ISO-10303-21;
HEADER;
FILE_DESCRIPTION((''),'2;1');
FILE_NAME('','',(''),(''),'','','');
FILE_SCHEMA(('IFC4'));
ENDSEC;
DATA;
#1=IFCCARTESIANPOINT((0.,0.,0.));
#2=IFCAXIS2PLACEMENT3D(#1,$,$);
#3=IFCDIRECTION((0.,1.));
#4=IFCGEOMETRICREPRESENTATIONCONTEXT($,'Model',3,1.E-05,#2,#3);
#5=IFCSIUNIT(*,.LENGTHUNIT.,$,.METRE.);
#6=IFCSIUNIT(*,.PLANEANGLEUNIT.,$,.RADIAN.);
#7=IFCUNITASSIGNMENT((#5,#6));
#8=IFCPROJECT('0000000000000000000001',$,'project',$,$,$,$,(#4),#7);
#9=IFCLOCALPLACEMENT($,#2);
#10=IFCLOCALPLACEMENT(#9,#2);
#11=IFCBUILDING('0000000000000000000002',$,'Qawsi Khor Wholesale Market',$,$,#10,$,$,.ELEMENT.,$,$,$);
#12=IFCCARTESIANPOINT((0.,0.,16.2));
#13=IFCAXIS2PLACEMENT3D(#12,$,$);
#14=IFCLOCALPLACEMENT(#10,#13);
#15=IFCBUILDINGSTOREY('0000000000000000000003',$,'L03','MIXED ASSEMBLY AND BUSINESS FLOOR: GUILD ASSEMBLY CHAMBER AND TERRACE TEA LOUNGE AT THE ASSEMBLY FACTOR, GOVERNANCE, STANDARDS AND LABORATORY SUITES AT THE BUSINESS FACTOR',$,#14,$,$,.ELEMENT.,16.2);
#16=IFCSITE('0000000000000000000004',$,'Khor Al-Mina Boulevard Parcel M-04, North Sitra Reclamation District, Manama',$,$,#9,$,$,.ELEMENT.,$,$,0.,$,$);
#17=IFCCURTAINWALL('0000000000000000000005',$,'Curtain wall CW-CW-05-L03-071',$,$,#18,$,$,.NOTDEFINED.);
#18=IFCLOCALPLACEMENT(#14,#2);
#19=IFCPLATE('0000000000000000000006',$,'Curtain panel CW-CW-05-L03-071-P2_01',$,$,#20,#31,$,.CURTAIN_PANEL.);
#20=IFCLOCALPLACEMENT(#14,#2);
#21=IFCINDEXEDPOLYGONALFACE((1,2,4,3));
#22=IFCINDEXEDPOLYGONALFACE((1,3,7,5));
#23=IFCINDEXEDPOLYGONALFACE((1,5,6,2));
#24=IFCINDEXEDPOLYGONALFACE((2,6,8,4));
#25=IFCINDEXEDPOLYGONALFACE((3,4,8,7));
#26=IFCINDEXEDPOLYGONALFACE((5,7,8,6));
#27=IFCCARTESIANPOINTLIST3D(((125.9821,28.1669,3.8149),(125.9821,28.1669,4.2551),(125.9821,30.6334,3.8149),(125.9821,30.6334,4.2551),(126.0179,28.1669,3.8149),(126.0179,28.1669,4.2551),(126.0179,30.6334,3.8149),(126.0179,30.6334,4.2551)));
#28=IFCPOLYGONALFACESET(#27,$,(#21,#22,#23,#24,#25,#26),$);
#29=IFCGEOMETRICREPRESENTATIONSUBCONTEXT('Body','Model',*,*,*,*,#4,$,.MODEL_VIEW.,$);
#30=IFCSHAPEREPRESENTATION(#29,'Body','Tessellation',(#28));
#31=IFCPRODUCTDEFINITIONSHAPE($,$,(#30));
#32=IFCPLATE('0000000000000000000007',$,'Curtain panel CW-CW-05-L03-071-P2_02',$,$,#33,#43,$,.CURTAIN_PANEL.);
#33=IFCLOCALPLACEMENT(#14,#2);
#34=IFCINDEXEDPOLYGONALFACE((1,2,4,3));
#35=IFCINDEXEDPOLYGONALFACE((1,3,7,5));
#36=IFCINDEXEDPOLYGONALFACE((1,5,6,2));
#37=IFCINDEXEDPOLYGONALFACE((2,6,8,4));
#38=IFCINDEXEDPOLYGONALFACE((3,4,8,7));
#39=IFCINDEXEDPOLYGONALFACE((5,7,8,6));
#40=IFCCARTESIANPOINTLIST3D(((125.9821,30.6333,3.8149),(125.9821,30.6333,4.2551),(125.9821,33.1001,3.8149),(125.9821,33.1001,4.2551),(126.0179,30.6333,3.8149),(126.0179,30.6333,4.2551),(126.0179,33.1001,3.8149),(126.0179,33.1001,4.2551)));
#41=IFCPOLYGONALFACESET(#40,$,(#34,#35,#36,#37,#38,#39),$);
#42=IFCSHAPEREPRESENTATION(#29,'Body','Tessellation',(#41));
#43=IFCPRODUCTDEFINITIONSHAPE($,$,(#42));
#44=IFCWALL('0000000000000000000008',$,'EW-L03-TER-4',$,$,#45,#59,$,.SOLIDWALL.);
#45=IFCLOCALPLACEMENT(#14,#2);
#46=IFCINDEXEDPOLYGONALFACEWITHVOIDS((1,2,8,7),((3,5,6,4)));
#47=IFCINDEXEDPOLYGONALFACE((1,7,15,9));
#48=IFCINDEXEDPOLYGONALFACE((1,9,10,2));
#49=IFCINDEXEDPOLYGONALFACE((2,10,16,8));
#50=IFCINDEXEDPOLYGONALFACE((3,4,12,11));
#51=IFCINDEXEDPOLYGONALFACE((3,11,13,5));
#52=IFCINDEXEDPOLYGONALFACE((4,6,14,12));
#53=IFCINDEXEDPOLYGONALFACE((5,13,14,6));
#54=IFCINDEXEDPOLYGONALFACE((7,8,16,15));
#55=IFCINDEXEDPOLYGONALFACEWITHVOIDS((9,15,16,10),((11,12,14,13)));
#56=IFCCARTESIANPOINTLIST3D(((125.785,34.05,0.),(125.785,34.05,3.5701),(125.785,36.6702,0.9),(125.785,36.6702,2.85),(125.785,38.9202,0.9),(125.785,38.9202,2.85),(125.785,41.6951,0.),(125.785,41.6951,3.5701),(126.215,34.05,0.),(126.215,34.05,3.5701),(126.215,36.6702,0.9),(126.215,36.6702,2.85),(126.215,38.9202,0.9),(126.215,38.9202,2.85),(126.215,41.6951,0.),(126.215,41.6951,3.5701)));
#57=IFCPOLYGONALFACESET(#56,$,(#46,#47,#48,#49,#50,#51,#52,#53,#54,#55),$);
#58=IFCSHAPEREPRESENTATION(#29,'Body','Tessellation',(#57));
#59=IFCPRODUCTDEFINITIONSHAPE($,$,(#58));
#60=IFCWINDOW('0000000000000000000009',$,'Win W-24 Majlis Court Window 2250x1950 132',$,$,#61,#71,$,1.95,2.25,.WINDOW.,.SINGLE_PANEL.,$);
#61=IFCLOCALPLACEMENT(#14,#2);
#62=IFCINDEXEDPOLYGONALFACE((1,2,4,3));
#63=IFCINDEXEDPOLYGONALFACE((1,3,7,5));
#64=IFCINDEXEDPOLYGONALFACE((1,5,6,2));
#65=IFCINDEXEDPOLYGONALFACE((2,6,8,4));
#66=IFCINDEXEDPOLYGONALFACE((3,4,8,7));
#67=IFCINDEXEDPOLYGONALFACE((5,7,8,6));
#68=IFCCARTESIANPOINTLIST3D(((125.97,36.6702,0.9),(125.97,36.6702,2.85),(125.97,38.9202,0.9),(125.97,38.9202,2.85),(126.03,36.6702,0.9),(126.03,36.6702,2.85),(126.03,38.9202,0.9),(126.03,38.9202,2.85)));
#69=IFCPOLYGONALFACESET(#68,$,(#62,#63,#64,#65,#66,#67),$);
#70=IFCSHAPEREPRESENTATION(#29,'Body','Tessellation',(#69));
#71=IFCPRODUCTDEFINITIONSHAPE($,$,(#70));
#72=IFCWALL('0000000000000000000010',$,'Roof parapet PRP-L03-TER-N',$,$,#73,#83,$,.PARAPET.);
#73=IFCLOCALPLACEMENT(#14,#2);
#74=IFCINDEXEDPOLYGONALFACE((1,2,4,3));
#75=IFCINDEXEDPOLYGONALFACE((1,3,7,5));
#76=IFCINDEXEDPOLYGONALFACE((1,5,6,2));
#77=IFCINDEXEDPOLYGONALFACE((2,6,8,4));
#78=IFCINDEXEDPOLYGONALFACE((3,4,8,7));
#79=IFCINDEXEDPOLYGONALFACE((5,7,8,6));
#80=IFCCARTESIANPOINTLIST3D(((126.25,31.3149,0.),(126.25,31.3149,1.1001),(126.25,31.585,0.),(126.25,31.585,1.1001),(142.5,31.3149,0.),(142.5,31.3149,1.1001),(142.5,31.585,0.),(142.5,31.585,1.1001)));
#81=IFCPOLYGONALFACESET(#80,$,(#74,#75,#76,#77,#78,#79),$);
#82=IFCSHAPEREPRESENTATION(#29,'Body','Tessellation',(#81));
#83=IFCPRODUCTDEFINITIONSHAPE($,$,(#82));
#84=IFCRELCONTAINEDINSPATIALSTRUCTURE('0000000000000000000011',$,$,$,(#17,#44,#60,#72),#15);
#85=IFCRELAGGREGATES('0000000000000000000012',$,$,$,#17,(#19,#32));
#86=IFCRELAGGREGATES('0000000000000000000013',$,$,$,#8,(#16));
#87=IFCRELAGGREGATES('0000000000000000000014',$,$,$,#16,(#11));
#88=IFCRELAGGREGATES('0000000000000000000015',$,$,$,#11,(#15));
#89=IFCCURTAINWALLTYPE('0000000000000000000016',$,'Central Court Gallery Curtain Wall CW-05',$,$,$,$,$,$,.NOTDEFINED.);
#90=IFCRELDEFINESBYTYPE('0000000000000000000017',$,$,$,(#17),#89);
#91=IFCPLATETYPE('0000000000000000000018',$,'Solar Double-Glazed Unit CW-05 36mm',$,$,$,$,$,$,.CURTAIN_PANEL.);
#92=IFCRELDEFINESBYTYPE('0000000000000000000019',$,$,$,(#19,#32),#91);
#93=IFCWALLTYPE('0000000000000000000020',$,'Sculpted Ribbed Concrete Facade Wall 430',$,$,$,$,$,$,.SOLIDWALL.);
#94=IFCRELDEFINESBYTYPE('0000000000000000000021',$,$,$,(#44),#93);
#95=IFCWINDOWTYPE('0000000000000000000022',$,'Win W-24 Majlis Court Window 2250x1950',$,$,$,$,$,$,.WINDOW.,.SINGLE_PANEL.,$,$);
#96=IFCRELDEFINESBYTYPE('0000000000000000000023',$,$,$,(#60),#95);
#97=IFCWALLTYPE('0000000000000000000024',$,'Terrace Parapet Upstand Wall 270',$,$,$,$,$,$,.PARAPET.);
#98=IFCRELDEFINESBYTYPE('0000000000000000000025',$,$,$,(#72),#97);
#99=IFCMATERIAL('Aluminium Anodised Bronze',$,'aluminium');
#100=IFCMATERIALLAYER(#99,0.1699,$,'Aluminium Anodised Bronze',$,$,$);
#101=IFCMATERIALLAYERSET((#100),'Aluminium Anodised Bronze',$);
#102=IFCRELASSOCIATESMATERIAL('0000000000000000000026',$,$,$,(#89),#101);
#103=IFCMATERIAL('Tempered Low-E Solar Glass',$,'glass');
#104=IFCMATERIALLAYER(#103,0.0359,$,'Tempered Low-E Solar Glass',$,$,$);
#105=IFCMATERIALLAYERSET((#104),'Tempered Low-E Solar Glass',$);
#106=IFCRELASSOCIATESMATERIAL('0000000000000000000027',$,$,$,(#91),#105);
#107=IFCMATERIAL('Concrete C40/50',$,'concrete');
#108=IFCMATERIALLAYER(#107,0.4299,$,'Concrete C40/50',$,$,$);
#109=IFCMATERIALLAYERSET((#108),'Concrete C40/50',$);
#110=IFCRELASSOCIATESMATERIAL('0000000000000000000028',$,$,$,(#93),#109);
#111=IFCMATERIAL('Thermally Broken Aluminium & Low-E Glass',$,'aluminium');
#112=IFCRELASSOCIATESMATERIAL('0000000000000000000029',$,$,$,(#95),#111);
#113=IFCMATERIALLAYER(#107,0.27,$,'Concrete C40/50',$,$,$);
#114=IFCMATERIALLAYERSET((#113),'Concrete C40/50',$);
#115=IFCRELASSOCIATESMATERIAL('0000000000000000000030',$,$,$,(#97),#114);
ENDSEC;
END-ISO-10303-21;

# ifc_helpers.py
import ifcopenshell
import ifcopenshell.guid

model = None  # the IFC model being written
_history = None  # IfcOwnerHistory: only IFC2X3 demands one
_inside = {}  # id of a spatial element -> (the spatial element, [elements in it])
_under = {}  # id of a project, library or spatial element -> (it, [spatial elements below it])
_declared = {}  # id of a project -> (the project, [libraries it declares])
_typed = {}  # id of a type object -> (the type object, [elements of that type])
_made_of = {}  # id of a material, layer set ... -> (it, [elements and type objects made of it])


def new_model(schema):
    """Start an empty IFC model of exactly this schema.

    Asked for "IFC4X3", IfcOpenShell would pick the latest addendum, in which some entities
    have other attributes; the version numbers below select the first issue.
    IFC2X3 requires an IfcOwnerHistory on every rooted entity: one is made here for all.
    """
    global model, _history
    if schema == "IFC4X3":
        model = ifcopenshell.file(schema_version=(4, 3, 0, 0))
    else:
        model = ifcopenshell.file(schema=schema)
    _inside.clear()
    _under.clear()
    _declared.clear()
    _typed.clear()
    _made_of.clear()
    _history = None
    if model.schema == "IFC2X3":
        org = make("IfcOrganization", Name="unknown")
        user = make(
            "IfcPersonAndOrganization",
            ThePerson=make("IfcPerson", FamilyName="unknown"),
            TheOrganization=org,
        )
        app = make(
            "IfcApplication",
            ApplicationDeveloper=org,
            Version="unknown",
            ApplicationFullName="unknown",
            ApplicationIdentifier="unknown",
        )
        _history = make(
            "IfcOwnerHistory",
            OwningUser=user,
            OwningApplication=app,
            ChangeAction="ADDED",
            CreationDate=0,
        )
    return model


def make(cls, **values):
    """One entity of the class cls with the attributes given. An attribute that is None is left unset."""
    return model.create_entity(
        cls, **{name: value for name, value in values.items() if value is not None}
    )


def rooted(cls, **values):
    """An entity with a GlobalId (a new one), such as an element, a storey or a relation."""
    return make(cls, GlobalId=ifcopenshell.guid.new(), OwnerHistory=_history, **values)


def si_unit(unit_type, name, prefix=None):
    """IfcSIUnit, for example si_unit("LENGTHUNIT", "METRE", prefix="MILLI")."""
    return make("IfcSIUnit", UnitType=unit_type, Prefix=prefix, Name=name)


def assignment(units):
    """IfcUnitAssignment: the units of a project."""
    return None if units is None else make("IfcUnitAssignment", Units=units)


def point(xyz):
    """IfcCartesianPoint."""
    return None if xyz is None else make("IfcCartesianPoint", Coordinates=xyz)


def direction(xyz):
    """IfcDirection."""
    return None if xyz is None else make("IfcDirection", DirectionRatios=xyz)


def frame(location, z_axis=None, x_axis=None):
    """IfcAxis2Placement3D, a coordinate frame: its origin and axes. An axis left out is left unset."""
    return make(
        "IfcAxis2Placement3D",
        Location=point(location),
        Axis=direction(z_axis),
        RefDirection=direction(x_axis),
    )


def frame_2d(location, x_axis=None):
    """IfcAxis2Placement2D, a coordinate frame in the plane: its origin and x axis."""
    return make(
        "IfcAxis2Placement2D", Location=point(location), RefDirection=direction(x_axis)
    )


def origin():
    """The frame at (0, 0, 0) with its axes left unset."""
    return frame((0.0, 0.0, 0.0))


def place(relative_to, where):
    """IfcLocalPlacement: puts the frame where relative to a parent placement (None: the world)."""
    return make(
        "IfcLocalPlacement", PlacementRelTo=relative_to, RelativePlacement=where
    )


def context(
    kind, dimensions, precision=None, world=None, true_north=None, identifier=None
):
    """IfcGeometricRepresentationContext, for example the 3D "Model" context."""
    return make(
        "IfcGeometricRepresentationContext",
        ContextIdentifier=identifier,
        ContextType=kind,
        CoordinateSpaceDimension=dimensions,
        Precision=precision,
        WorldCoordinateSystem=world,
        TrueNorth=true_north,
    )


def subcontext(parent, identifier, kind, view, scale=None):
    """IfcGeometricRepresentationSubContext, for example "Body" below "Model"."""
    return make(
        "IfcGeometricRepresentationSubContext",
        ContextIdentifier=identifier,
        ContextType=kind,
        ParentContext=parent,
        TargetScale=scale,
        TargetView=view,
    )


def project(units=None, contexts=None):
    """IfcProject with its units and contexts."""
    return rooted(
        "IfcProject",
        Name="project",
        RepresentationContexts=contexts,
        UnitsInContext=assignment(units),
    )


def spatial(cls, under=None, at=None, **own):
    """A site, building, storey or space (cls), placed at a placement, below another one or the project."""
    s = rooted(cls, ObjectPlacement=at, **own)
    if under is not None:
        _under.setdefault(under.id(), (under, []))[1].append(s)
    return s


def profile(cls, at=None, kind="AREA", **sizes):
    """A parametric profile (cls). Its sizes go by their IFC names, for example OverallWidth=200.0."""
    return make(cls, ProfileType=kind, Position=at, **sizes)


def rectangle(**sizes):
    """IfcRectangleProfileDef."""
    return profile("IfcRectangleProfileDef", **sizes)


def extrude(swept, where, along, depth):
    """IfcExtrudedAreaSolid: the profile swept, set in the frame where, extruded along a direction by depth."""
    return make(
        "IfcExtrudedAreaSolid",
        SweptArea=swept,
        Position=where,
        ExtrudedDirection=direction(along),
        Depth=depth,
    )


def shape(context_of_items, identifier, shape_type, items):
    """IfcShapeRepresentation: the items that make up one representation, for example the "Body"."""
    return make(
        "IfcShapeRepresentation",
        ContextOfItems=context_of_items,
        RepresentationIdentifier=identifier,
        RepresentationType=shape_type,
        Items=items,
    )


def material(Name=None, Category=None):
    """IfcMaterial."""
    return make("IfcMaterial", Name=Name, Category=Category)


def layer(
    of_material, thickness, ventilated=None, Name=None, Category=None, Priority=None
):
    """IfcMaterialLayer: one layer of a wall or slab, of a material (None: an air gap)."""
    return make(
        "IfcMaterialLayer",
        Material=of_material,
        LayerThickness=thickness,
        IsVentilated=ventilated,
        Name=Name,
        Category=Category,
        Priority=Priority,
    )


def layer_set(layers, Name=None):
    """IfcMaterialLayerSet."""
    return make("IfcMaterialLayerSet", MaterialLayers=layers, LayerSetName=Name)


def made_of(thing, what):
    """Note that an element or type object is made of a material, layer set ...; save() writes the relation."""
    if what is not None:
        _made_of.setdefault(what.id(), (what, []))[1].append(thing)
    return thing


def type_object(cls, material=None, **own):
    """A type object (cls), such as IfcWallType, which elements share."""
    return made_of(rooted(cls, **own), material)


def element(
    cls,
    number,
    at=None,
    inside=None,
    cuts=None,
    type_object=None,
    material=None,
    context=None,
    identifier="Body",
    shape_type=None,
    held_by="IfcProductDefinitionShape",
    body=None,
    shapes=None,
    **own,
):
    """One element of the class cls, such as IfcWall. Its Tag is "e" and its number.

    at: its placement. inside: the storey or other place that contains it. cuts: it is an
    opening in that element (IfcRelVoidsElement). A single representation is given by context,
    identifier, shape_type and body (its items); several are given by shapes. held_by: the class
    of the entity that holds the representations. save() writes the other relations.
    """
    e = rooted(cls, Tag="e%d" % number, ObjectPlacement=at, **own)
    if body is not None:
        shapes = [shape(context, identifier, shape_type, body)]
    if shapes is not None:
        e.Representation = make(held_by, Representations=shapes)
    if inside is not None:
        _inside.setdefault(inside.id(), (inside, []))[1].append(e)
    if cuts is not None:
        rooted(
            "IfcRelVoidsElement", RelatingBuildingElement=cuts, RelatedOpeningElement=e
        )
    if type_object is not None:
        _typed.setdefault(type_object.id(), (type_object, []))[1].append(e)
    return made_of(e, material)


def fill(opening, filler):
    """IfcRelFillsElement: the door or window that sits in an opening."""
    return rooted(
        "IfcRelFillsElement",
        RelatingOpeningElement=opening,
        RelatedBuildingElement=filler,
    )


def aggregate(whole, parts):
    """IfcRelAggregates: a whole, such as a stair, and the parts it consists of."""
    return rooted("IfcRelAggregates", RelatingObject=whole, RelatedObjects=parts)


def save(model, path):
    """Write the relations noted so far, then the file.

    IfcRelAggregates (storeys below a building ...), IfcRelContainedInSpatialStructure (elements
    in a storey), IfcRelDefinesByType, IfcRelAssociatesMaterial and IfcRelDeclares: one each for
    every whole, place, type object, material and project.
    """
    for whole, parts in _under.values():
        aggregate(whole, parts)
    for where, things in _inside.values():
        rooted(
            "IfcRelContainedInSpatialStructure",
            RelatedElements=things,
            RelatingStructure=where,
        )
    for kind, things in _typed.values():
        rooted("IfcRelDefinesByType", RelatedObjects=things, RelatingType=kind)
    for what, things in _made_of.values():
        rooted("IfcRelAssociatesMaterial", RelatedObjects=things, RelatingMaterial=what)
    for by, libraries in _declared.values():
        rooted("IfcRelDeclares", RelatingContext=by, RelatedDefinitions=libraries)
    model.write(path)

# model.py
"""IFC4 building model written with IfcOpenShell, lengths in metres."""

from ifc_helpers import new_model, si_unit, direction, frame, frame_2d, origin, place, context, subcontext, project, spatial, rectangle, extrude, material, layer, layer_set, type_object, element, fill, aggregate, save


model = new_model("IFC4")

# Units and contexts
model_context = context("Model", 3, precision=1e-05, world=origin(), true_north=direction((0.0, 1.0)))
body_context = subcontext(model_context, "Body", "Model", "MODEL_VIEW")
ifc_project = project(units=[si_unit("LENGTHUNIT", "METRE"), si_unit("PLANEANGLEUNIT", "RADIAN")], contexts=[model_context])

# Site, building, storey
site_placement = place(None, origin())
site = spatial("IfcSite", under=ifc_project, at=site_placement, Name="Khor Al-Mina Boulevard Parcel M-04, North Sitra Reclamation District, Manama", CompositionType="ELEMENT", RefElevation=0.0)
building_placement = place(site_placement, origin())
building = spatial("IfcBuilding", under=site, at=building_placement, Name="Qawsi Khor Wholesale Market", CompositionType="ELEMENT")
storey_placement = place(building_placement, frame((0.0, 0.0, 16.2)))
storey = spatial("IfcBuildingStorey", under=building, at=storey_placement, Name="L03", Description="MIXED ASSEMBLY AND BUSINESS FLOOR: GUILD ASSEMBLY CHAMBER AND TERRACE TEA LOUNGE AT THE ASSEMBLY FACTOR, GOVERNANCE, STANDARDS AND LABORATORY SUITES AT THE BUSINESS FACTOR", CompositionType="ELEMENT", Elevation=16.2)

# Curtain wall
ifc_material_1 = material(Name="Aluminium Anodised Bronze", Category="aluminium")
ifc_layer_1 = layer(ifc_material_1, 0.1699, Name="Aluminium Anodised Bronze")
ifc_layer_set_1 = layer_set([ifc_layer_1], Name="Aluminium Anodised Bronze")
curtain_wall_type = type_object("IfcCurtainWallType", Name="Central Court Gallery Curtain Wall CW-05", PredefinedType="NOTDEFINED", material=ifc_layer_set_1)
curtain_wall_placement = place(storey_placement, origin())
curtain_wall = element("IfcCurtainWall", 1, at=curtain_wall_placement, inside=storey, type_object=curtain_wall_type, Name="Curtain wall CW-CW-05-L03-071", PredefinedType="NOTDEFINED")

# Plates
ifc_material_2 = material(Name="Tempered Low-E Solar Glass", Category="glass")
ifc_layer_2 = layer(ifc_material_2, 0.0359, Name="Tempered Low-E Solar Glass")
ifc_layer_set_2 = layer_set([ifc_layer_2], Name="Tempered Low-E Solar Glass")
plate_type_1 = type_object("IfcPlateType", Name="Solar Double-Glazed Unit CW-05 36mm", PredefinedType="CURTAIN_PANEL", material=ifc_layer_set_2)
plate_1_placement = place(storey_placement, frame((126.0, 28.1667, 3.8149), z_axis=(0.0, 0.0, 1.0), x_axis=(0.0, 1.0, 0.0)))
plate_1 = element("IfcPlate", 2, at=plate_1_placement, type_object=plate_type_1, Name="Curtain panel CW-CW-05-L03-071-P2_01", PredefinedType="CURTAIN_PANEL", context=body_context, shape_type="SweptSolid", body=[
    extrude(rectangle(XDim=2.4666, YDim=0.0359, at=frame_2d((1.2334, 0.0))), origin(), (0.0, 0.0, 1.0), 0.4402),
])
plate_2_placement = place(storey_placement, frame((126.0, 30.6333, 3.8149), z_axis=(0.0, 0.0, 1.0), x_axis=(0.0, 1.0, 0.0)))
plate_2 = element("IfcPlate", 3, at=plate_2_placement, type_object=plate_type_1, Name="Curtain panel CW-CW-05-L03-071-P2_02", PredefinedType="CURTAIN_PANEL", context=body_context, shape_type="SweptSolid", body=[
    extrude(rectangle(XDim=2.4668, YDim=0.0359, at=frame_2d((1.2334, 0.0))), origin(), (0.0, 0.0, 1.0), 0.4402),
])
aggregate(curtain_wall, [plate_1, plate_2])

# Wall, opening, window
ifc_material_3 = material(Name="Concrete C40/50", Category="concrete")
ifc_layer_3 = layer(ifc_material_3, 0.4299, Name="Concrete C40/50")
ifc_layer_set_3 = layer_set([ifc_layer_3], Name="Concrete C40/50")
wall_type_1 = type_object("IfcWallType", Name="Sculpted Ribbed Concrete Facade Wall 430", PredefinedType="SOLIDWALL", material=ifc_layer_set_3)
wall_1_placement = place(storey_placement, frame((126.0, 41.6951, 0.0), z_axis=(0.0, 0.0, 1.0), x_axis=(0.0, -1.0, 0.0)))
wall_1 = element("IfcWall", 4, at=wall_1_placement, inside=storey, type_object=wall_type_1, Name="EW-L03-TER-4", PredefinedType="SOLIDWALL", context=body_context, shape_type="SweptSolid", body=[
    extrude(rectangle(XDim=7.645, YDim=0.4299, at=frame_2d((3.8225, 0.0))), origin(), (0.0, 0.0, 1.0), 3.5701),
])
opening_placement = place(wall_1_placement, frame((2.7749, 0.0, 0.8999)))
opening = element("IfcOpeningElement", 5, at=opening_placement, cuts=wall_1, PredefinedType="OPENING", context=body_context, shape_type="SweptSolid", body=[
    extrude(rectangle(XDim=2.25, YDim=1.95, at=frame_2d((1.125, 0.9751))), frame((0.0, 0.2249, 0.0), z_axis=(0.0, -1.0, 0.0), x_axis=(1.0, 0.0, 0.0)), (0.0, 0.0, 1.0), 0.45),
])
ifc_material_4 = material(Name="Thermally Broken Aluminium & Low-E Glass", Category="aluminium")
window_type = type_object("IfcWindowType", Name="Win W-24 Majlis Court Window 2250x1950", PartitioningType="SINGLE_PANEL", PredefinedType="WINDOW", material=ifc_material_4)
window_placement = place(opening_placement, origin())
window = element("IfcWindow", 6, at=window_placement, inside=storey, type_object=window_type, Name="Win W-24 Majlis Court Window 2250x1950 132", OverallHeight=1.95, OverallWidth=2.25, PartitioningType="SINGLE_PANEL", PredefinedType="WINDOW", context=body_context, shape_type="SweptSolid", body=[
    extrude(rectangle(XDim=2.25, YDim=1.95, at=frame_2d((1.125, 0.9751))), frame((0.0, 0.03, 0.0), z_axis=(0.0, -1.0, 0.0), x_axis=(1.0, 0.0, 0.0)), (0.0, 0.0, 1.0), 0.0601),
])
fill(opening, window)

# Wall
ifc_layer_4 = layer(ifc_material_3, 0.27, Name="Concrete C40/50")
ifc_layer_set_4 = layer_set([ifc_layer_4], Name="Concrete C40/50")
wall_type_2 = type_object("IfcWallType", Name="Terrace Parapet Upstand Wall 270", PredefinedType="PARAPET", material=ifc_layer_set_4)
wall_2_placement = place(storey_placement, frame((126.25, 31.45, 0.0), z_axis=(0.0, 0.0, 1.0), x_axis=(1.0, 0.0, 0.0)))
element("IfcWall", 7, at=wall_2_placement, inside=storey, type_object=wall_type_2, Name="Roof parapet PRP-L03-TER-N", PredefinedType="PARAPET", context=body_context, shape_type="SweptSolid", body=[
    extrude(rectangle(XDim=16.25, YDim=0.27, at=frame_2d((8.125, 0.0))), origin(), (0.0, 0.0, 1.0), 1.1001),
])

save(model, "model.ifc")
